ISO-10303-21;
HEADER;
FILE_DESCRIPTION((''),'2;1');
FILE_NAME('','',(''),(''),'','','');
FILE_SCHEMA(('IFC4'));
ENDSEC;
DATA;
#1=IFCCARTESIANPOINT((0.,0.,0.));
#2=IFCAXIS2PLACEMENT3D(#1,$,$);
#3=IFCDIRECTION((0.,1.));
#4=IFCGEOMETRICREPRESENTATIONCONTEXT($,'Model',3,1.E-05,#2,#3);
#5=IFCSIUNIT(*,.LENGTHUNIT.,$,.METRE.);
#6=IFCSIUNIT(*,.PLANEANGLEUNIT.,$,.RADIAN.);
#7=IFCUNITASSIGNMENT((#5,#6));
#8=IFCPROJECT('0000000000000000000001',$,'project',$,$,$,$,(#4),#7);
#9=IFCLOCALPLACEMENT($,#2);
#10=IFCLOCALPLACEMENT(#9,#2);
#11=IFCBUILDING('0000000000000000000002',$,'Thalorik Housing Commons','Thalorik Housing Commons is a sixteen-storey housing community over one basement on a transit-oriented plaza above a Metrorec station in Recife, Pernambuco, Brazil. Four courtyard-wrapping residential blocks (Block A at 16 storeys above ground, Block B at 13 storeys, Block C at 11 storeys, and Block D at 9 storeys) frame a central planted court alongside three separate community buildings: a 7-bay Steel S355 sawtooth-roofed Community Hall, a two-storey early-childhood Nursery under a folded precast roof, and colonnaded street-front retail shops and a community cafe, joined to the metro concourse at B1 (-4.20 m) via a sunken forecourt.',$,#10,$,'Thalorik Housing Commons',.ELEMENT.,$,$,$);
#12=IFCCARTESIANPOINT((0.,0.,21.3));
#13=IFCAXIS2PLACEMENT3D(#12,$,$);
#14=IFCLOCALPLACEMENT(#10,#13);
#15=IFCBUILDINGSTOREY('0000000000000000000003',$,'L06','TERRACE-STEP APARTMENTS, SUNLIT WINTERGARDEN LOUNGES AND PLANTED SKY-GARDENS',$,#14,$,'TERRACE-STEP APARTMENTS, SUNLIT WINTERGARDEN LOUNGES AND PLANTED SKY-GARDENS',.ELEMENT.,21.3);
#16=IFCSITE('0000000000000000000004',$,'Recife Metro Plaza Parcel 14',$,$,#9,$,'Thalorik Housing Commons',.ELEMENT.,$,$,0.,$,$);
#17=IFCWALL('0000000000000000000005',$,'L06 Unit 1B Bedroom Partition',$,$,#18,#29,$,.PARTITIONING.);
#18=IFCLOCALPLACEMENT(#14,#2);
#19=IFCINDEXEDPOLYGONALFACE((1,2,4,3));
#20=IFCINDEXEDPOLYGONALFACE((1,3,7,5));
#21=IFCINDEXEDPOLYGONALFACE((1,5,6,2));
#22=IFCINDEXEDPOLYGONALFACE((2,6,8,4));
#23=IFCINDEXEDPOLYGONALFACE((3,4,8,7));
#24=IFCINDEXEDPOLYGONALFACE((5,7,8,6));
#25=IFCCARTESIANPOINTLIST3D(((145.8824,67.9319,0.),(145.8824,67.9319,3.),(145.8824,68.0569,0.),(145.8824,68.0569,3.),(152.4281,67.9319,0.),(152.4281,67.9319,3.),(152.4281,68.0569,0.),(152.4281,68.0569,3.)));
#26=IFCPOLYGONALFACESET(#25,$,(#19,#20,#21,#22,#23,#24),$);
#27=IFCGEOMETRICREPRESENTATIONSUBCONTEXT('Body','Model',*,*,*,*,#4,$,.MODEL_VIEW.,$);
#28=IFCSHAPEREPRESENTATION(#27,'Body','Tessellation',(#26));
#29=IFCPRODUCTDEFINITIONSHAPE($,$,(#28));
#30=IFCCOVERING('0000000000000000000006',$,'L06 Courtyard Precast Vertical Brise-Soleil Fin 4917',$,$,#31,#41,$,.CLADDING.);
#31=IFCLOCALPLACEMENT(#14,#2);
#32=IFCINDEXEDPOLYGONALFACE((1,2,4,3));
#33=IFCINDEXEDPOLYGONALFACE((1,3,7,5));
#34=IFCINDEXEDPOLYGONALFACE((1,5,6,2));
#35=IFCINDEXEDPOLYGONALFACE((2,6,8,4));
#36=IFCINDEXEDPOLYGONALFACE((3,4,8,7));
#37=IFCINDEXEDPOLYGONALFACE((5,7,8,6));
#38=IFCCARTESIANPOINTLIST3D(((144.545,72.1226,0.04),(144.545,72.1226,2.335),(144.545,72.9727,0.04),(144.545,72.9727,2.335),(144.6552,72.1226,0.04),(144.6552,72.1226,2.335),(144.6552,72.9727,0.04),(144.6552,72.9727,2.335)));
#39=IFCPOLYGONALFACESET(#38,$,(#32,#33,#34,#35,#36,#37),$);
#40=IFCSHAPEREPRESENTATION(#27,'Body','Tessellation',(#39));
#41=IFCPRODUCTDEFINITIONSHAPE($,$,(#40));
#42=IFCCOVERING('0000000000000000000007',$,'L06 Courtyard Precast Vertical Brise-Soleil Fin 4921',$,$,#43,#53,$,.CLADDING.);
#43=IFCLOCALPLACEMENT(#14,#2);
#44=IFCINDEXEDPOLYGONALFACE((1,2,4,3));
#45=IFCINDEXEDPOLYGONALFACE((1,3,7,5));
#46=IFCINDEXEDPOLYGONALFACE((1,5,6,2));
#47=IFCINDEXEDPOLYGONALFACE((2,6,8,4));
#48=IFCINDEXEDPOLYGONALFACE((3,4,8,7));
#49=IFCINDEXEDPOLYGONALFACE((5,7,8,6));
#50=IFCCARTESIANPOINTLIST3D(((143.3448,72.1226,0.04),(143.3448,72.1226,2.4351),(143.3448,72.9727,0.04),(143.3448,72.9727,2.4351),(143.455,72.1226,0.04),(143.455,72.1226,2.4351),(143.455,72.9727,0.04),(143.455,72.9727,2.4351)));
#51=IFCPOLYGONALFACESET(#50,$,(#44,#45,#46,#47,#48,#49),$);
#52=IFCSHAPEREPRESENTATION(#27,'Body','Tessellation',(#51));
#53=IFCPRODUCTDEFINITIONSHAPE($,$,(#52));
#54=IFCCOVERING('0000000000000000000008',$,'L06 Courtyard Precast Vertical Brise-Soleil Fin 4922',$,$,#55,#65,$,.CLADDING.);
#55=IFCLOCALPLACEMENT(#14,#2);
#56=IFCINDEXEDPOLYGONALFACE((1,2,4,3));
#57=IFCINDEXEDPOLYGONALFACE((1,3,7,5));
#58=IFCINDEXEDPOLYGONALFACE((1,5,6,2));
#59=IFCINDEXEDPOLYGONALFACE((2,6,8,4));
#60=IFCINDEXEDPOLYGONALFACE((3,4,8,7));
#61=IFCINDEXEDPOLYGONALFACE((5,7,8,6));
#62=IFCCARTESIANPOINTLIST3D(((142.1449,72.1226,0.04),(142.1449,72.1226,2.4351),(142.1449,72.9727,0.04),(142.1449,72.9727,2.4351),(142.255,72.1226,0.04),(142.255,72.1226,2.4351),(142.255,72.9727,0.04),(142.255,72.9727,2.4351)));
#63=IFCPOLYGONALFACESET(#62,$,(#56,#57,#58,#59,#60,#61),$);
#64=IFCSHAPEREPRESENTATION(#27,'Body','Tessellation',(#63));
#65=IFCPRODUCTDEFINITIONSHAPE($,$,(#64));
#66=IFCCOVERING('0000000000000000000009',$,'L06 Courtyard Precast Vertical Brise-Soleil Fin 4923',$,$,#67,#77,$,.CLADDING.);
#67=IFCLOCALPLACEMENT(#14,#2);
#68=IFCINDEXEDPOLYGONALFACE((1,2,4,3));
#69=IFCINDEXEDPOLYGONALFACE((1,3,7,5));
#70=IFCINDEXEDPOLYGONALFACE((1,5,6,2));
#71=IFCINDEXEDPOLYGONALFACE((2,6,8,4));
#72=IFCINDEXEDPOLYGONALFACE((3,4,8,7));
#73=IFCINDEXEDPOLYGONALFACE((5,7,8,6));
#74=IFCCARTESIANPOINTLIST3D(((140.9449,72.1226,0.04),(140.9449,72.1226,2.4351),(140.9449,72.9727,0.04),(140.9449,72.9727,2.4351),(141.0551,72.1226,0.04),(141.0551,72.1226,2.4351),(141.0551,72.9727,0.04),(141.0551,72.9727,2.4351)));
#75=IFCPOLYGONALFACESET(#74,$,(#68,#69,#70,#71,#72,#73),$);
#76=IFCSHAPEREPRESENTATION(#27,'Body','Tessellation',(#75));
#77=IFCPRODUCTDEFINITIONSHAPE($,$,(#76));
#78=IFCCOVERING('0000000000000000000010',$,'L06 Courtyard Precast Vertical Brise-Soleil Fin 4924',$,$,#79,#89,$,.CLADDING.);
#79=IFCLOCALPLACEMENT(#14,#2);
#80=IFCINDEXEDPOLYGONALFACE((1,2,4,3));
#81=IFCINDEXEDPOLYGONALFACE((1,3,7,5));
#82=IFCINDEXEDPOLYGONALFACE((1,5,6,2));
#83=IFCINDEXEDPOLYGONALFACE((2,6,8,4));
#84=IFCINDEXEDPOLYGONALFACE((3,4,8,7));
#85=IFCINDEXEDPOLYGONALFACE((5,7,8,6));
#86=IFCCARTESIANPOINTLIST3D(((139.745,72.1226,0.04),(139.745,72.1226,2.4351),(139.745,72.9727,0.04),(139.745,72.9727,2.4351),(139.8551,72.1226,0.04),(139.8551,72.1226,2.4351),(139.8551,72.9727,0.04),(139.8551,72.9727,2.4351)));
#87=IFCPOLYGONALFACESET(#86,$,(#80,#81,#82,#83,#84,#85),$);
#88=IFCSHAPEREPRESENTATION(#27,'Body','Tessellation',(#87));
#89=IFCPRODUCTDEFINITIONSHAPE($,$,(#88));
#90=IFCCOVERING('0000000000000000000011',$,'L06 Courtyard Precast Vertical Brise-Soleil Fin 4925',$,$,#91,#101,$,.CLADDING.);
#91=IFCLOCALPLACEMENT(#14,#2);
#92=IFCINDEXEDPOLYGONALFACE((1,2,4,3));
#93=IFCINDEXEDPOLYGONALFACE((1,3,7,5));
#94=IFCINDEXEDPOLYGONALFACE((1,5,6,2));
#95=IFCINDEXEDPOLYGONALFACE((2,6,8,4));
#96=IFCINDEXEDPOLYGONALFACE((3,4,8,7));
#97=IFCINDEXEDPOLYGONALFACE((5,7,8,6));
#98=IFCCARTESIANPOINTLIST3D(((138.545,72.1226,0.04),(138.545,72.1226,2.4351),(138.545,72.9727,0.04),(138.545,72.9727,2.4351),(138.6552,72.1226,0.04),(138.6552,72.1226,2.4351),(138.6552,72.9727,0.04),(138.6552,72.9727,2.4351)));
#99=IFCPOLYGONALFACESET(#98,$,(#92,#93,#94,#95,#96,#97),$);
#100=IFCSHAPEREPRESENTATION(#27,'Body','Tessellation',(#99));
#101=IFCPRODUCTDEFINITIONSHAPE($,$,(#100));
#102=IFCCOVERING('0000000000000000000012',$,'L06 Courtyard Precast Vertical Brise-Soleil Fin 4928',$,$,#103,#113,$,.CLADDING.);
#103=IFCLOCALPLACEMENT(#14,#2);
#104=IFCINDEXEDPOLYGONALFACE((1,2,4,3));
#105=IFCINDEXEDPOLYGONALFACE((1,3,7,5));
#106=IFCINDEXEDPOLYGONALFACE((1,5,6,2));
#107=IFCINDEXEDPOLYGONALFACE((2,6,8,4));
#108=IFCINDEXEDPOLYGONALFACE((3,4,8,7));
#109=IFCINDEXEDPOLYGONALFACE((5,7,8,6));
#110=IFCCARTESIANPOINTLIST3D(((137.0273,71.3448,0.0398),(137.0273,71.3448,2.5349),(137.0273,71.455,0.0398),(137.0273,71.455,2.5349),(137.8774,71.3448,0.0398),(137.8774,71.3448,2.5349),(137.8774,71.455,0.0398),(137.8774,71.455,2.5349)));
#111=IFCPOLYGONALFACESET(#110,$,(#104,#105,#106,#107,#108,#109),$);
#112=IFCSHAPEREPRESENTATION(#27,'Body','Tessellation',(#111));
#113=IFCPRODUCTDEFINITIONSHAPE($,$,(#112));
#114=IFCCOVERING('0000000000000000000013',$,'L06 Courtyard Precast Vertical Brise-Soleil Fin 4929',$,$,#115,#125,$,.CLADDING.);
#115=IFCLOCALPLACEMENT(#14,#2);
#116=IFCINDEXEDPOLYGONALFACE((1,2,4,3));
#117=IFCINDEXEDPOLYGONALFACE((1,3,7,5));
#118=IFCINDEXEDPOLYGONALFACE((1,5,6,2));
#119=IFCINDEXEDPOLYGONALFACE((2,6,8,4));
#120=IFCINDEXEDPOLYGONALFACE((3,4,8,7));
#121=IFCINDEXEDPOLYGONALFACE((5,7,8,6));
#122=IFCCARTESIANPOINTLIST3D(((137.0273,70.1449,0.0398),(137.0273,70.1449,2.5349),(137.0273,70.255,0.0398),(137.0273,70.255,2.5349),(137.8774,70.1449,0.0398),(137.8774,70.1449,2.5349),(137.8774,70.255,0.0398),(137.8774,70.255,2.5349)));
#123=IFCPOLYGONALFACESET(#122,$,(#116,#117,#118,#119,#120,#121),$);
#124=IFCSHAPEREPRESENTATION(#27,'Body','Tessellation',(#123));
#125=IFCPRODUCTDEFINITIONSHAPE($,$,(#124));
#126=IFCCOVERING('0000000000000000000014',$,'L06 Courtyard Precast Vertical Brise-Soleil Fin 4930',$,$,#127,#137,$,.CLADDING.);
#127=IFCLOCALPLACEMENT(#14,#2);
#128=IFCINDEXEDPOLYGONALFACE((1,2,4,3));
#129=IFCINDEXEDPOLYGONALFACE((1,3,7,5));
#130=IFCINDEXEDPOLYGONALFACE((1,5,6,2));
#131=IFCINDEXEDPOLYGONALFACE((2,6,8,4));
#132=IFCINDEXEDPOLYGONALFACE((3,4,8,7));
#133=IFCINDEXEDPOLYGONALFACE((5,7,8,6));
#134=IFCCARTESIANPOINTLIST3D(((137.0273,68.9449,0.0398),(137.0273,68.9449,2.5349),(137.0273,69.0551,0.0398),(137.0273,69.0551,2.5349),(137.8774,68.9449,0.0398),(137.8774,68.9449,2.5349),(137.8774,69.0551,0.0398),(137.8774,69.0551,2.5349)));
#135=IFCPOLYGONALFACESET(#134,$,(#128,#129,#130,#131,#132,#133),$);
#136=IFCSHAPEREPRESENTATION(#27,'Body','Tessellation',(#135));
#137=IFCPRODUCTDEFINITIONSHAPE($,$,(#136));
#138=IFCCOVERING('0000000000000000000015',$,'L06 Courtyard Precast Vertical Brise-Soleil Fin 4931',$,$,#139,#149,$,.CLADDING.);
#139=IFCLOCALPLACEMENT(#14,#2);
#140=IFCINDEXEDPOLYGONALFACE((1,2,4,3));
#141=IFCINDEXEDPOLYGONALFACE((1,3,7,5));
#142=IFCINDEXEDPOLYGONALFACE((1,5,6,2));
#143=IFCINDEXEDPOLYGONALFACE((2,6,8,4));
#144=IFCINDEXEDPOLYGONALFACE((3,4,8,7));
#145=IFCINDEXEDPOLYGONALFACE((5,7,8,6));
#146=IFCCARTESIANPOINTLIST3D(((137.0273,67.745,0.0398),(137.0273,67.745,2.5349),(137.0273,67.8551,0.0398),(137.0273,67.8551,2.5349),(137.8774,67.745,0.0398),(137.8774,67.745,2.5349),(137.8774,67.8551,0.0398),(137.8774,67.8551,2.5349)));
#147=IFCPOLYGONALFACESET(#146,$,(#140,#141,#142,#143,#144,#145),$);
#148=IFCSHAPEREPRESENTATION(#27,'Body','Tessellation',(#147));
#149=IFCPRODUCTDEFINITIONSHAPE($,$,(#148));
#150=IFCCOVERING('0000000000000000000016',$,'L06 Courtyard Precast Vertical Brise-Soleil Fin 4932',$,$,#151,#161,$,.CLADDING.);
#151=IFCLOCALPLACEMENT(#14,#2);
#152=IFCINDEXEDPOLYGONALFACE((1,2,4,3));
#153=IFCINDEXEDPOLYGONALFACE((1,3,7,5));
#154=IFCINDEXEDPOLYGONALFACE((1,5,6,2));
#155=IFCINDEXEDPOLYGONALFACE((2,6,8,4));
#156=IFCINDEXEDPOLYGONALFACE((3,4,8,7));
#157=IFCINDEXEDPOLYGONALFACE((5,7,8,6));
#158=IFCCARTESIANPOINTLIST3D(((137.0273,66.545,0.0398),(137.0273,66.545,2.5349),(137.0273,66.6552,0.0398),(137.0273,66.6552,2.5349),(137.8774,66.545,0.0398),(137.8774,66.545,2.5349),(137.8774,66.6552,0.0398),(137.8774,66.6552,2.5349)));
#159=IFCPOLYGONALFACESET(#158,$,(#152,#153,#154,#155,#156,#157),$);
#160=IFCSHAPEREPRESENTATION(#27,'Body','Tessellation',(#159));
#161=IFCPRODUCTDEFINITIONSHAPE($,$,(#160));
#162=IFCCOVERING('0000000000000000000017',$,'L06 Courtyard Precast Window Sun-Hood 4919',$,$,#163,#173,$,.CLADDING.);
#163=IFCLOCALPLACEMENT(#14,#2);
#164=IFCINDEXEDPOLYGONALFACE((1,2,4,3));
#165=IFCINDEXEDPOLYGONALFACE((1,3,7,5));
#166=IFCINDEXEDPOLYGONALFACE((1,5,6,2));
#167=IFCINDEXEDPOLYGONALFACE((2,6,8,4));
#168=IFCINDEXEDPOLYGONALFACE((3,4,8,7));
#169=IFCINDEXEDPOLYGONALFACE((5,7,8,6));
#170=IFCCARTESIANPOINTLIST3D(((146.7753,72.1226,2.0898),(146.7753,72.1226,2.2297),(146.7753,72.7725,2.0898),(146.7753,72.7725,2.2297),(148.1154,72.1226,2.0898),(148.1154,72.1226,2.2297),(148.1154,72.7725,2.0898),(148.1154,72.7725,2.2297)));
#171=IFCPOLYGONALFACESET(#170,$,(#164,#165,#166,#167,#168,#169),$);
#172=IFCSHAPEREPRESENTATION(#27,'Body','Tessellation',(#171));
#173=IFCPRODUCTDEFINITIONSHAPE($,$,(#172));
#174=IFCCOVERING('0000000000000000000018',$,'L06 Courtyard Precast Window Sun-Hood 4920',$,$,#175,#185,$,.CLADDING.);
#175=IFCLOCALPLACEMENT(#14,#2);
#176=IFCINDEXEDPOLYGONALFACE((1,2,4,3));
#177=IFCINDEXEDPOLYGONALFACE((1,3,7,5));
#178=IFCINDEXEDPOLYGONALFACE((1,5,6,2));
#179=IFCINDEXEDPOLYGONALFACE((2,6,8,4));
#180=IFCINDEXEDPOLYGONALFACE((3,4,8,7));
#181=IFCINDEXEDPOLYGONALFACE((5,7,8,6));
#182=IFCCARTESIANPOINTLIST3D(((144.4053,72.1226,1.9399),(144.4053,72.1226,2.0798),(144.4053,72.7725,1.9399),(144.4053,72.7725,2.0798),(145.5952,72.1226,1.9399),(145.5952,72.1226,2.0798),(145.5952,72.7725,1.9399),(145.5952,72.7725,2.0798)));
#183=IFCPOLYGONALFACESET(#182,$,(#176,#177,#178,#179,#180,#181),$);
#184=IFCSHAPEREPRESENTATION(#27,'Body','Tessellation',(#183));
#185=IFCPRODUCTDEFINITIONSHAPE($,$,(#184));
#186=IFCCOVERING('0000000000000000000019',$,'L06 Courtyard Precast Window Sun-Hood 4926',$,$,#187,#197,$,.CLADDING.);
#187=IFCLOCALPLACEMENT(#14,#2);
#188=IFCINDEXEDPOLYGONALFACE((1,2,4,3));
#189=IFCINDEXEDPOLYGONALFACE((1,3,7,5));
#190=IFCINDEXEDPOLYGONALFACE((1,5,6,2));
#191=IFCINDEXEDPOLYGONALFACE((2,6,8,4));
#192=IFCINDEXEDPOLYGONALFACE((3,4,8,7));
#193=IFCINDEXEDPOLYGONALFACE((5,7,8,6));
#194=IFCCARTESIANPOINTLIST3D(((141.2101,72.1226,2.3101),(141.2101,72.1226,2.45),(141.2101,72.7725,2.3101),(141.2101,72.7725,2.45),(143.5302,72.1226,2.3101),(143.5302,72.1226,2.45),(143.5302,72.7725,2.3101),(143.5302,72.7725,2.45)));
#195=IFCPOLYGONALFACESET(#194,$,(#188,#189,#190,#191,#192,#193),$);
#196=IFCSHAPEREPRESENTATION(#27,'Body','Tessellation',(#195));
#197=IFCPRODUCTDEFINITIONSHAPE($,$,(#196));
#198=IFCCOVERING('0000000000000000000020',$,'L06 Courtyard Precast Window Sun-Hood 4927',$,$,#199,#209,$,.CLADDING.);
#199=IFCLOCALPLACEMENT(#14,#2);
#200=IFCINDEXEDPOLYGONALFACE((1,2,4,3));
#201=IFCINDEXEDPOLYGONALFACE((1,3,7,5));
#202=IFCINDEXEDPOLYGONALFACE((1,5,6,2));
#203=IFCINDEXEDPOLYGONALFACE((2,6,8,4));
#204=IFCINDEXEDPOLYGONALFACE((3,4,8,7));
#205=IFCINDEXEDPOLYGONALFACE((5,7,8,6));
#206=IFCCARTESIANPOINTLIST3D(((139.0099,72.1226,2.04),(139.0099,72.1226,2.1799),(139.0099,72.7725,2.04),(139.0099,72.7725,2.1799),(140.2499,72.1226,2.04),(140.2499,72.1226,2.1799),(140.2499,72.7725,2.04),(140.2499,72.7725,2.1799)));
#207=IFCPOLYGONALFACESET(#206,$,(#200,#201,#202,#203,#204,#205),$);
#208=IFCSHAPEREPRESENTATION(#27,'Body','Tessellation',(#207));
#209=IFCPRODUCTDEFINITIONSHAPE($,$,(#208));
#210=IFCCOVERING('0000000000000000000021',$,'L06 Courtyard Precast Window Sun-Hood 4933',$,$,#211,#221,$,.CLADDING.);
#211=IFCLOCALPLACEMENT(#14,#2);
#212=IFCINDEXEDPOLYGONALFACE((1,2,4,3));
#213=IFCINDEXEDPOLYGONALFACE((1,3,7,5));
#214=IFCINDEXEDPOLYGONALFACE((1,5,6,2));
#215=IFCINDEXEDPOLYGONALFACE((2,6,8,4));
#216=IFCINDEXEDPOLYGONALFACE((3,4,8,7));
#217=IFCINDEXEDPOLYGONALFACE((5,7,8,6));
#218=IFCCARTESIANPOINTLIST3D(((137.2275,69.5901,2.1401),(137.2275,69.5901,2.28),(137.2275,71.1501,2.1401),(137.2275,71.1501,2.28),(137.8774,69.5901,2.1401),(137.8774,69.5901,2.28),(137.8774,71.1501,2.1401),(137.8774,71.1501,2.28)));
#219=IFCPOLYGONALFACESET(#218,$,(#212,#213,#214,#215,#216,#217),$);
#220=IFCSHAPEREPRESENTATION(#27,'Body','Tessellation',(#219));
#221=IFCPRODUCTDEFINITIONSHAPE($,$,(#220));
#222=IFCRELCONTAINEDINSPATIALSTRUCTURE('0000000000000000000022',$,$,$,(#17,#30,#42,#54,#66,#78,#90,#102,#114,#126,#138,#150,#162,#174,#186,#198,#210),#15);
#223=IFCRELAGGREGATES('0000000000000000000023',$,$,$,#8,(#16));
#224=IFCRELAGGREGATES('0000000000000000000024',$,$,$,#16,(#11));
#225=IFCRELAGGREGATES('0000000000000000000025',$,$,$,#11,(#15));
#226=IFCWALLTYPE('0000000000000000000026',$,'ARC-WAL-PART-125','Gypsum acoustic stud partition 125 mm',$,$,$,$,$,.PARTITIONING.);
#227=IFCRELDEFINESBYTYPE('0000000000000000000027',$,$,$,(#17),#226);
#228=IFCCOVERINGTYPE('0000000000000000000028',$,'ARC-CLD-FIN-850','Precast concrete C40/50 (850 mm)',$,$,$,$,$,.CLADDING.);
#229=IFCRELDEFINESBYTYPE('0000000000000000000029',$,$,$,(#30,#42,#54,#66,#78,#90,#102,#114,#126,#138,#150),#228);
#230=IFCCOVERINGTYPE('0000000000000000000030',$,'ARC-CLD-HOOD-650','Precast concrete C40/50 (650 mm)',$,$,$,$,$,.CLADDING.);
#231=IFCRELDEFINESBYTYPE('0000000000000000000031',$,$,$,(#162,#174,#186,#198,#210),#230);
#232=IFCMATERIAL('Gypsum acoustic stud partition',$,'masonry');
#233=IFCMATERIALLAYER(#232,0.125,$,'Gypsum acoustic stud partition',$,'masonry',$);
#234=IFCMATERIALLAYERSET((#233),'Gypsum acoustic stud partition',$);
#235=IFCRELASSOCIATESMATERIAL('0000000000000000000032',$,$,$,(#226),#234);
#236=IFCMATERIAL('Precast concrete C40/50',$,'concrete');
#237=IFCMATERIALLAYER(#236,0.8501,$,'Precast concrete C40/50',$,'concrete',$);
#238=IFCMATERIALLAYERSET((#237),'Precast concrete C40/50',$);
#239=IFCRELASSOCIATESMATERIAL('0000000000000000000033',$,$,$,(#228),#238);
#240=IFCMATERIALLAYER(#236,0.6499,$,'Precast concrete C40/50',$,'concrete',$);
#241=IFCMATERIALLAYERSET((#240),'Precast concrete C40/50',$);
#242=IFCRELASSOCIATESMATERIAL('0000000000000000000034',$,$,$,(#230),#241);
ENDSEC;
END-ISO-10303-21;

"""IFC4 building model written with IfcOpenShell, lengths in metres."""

from ifc_helpers import new_model, si_unit, direction, frame, frame_2d, origin, origin_2d, place, context, subcontext, project, spatial, rectangle, extrude, material, layer, layer_set, type_object, element, save


model = new_model("IFC4")

# Units and contexts
model_context = context("Model", 3, precision=1e-05, world=origin(), true_north=direction((0.0, 1.0)))
body_context = subcontext(model_context, "Body", "Model", "MODEL_VIEW")
ifc_project = project(units=[si_unit("LENGTHUNIT", "METRE"), si_unit("PLANEANGLEUNIT", "RADIAN")], contexts=[model_context])

# Site, building, storey
site_placement = place(None, origin())
site = spatial("IfcSite", under=ifc_project, at=site_placement, Name="Recife Metro Plaza Parcel 14", LongName="Thalorik Housing Commons", CompositionType="ELEMENT", RefElevation=0.0)
building_placement = place(site_placement, origin())
building = spatial("IfcBuilding", under=site, at=building_placement, Name="Thalorik Housing Commons", Description="Thalorik Housing Commons is a sixteen-storey housing community over one basement on a transit-oriented plaza above a Metrorec station in Recife, Pernambuco, Brazil. Four courtyard-wrapping residential blocks (Block A at 16 storeys above ground, Block B at 13 storeys, Block C at 11 storeys, and Block D at 9 storeys) frame a central planted court alongside three separate community buildings: a 7-bay Steel S355 sawtooth-roofed Community Hall, a two-storey early-childhood Nursery under a folded precast roof, and colonnaded street-front retail shops and a community cafe, joined to the metro concourse at B1 (-4.20 m) via a sunken forecourt.", LongName="Thalorik Housing Commons", CompositionType="ELEMENT")
storey_placement = place(building_placement, frame((0.0, 0.0, 21.3)))
storey = spatial("IfcBuildingStorey", under=building, at=storey_placement, Name="L06", Description="TERRACE-STEP APARTMENTS, SUNLIT WINTERGARDEN LOUNGES AND PLANTED SKY-GARDENS", LongName="TERRACE-STEP APARTMENTS, SUNLIT WINTERGARDEN LOUNGES AND PLANTED SKY-GARDENS", CompositionType="ELEMENT", Elevation=21.3)

# Shared definitions
ifc_material_1 = material(Name="Precast concrete C40/50", Category="concrete")

# Wall
ifc_material_2 = material(Name="Gypsum acoustic stud partition", Category="masonry")
ifc_layer_1 = layer(ifc_material_2, 0.125, Name="Gypsum acoustic stud partition", Category="masonry")
ifc_layer_set_1 = layer_set([ifc_layer_1], Name="Gypsum acoustic stud partition")
wall_type_1 = type_object("IfcWallType", Name="ARC-WAL-PART-125", Description="Gypsum acoustic stud partition 125 mm", PredefinedType="PARTITIONING", material=ifc_layer_set_1)
wall_1_placement = place(storey_placement, frame((145.8823, 67.9944, 0.0), z_axis=(0.0, 0.0, 1.0), x_axis=(1.0, 0.0, 0.0)))
element("IfcWall", 1, at=wall_1_placement, inside=storey, type_object=wall_type_1, Name="L06 Unit 1B Bedroom Partition", PredefinedType="PARTITIONING", context=body_context, shape_type="SweptSolid", body=[
    extrude(rectangle(XDim=6.5457, YDim=0.125, at=frame_2d((3.2729, 0.0))), origin(), (0.0, 0.0, 1.0), 3.0),
])

# Coverings
ifc_layer_2 = layer(ifc_material_1, 0.8501, Name="Precast concrete C40/50", Category="concrete")
ifc_layer_set_2 = layer_set([ifc_layer_2], Name="Precast concrete C40/50")
covering_type_1 = type_object("IfcCoveringType", Name="ARC-CLD-FIN-850", Description="Precast concrete C40/50 (850 mm)", PredefinedType="CLADDING", material=ifc_layer_set_2)
covering_1_placement = place(storey_placement, frame((144.6001, 72.5476, 0.04), z_axis=(0.0, 0.0, 1.0), x_axis=(-1.0, 0.0, 0.0)))
element("IfcCovering", 2, at=covering_1_placement, inside=storey, type_object=covering_type_1, Name="L06 Courtyard Precast Vertical Brise-Soleil Fin 4917", PredefinedType="CLADDING", context=body_context, shape_type="SweptSolid", body=[
    extrude(rectangle(XDim=0.1101, YDim=0.8501, at=origin_2d()), origin(), (0.0, 0.0, 1.0), 2.2949),
])
for number, where, z_axis, x_axis, name in (
    (3, (143.3999, 72.5476, 0.04), (0.0, 0.0, 1.0), (-1.0, 0.0, 0.0), "L06 Courtyard Precast Vertical Brise-Soleil Fin 4921"),
    (4, (142.2, 72.5476, 0.04), (0.0, 0.0, 1.0), (-1.0, 0.0, 0.0), "L06 Courtyard Precast Vertical Brise-Soleil Fin 4922"),
    (5, (141.0, 72.5476, 0.04), (0.0, 0.0, 1.0), (-1.0, 0.0, 0.0), "L06 Courtyard Precast Vertical Brise-Soleil Fin 4923"),
    (6, (139.8, 72.5476, 0.04), (0.0, 0.0, 1.0), (-1.0, 0.0, 0.0), "L06 Courtyard Precast Vertical Brise-Soleil Fin 4924"),
    (7, (138.6001, 72.5476, 0.04), (0.0, 0.0, 1.0), (-1.0, 0.0, 0.0), "L06 Courtyard Precast Vertical Brise-Soleil Fin 4925"),
):
    element("IfcCovering", number, at=place(storey_placement, frame(where, z_axis=z_axis, x_axis=x_axis)), inside=storey, type_object=covering_type_1, Name=name, PredefinedType="CLADDING", context=body_context, shape_type="SweptSolid", body=[
        extrude(rectangle(XDim=0.1101, YDim=0.8501, at=origin_2d()), origin(), (0.0, 0.0, 1.0), 2.395),
    ])
for number, where, z_axis, x_axis, name in (
    (8, (137.4524, 71.3999, 0.0398), (0.0, 0.0, 1.0), (0.0, -1.0, 0.0), "L06 Courtyard Precast Vertical Brise-Soleil Fin 4928"),
    (9, (137.4524, 70.2, 0.0398), (0.0, 0.0, 1.0), (0.0, -1.0, 0.0), "L06 Courtyard Precast Vertical Brise-Soleil Fin 4929"),
    (10, (137.4524, 69.0, 0.0398), (0.0, 0.0, 1.0), (0.0, -1.0, 0.0), "L06 Courtyard Precast Vertical Brise-Soleil Fin 4930"),
    (11, (137.4524, 67.8, 0.0398), (0.0, 0.0, 1.0), (0.0, -1.0, 0.0), "L06 Courtyard Precast Vertical Brise-Soleil Fin 4931"),
    (12, (137.4524, 66.6001, 0.0398), (0.0, 0.0, 1.0), (0.0, -1.0, 0.0), "L06 Courtyard Precast Vertical Brise-Soleil Fin 4932"),
):
    element("IfcCovering", number, at=place(storey_placement, frame(where, z_axis=z_axis, x_axis=x_axis)), inside=storey, type_object=covering_type_1, Name=name, PredefinedType="CLADDING", context=body_context, shape_type="SweptSolid", body=[
        extrude(rectangle(XDim=0.1101, YDim=0.8501, at=origin_2d()), origin(), (0.0, 0.0, 1.0), 2.4951),
    ])
ifc_layer_3 = layer(ifc_material_1, 0.6499, Name="Precast concrete C40/50", Category="concrete")
ifc_layer_set_3 = layer_set([ifc_layer_3], Name="Precast concrete C40/50")
covering_type_2 = type_object("IfcCoveringType", Name="ARC-CLD-HOOD-650", Description="Precast concrete C40/50 (650 mm)", PredefinedType="CLADDING", material=ifc_layer_set_3)
covering_2_placement = place(storey_placement, frame((147.4453, 72.4475, 2.0898), z_axis=(0.0, 0.0, 1.0), x_axis=(-1.0, 0.0, 0.0)))
element("IfcCovering", 13, at=covering_2_placement, inside=storey, type_object=covering_type_2, Name="L06 Courtyard Precast Window Sun-Hood 4919", PredefinedType="CLADDING", context=body_context, shape_type="SweptSolid", body=[
    extrude(rectangle(XDim=1.3401, YDim=0.6499, at=origin_2d()), origin(), (0.0, 0.0, 1.0), 0.1399),
])
covering_3_placement = place(storey_placement, frame((145.0002, 72.4475, 1.9399), z_axis=(0.0, 0.0, 1.0), x_axis=(-1.0, 0.0, 0.0)))
element("IfcCovering", 14, at=covering_3_placement, inside=storey, type_object=covering_type_2, Name="L06 Courtyard Precast Window Sun-Hood 4920", PredefinedType="CLADDING", context=body_context, shape_type="SweptSolid", body=[
    extrude(rectangle(XDim=1.1899, YDim=0.6499, at=origin_2d()), origin(), (0.0, 0.0, 1.0), 0.1399),
])
covering_4_placement = place(storey_placement, frame((142.3701, 72.4475, 2.3101), z_axis=(0.0, 0.0, 1.0), x_axis=(-1.0, 0.0, 0.0)))
element("IfcCovering", 15, at=covering_4_placement, inside=storey, type_object=covering_type_2, Name="L06 Courtyard Precast Window Sun-Hood 4926", PredefinedType="CLADDING", context=body_context, shape_type="SweptSolid", body=[
    extrude(rectangle(XDim=2.3201, YDim=0.6499, at=origin_2d()), origin(), (0.0, 0.0, 1.0), 0.1399),
])
covering_5_placement = place(storey_placement, frame((139.6299, 72.4475, 2.04), z_axis=(0.0, 0.0, 1.0), x_axis=(-1.0, 0.0, 0.0)))
element("IfcCovering", 16, at=covering_5_placement, inside=storey, type_object=covering_type_2, Name="L06 Courtyard Precast Window Sun-Hood 4927", PredefinedType="CLADDING", context=body_context, shape_type="SweptSolid", body=[
    extrude(rectangle(XDim=1.24, YDim=0.6499, at=origin_2d()), origin(), (0.0, 0.0, 1.0), 0.1399),
])
covering_6_placement = place(storey_placement, frame((137.5525, 70.3701, 2.1401), z_axis=(0.0, 0.0, 1.0), x_axis=(0.0, -1.0, 0.0)))
element("IfcCovering", 17, at=covering_6_placement, inside=storey, type_object=covering_type_2, Name="L06 Courtyard Precast Window Sun-Hood 4933", PredefinedType="CLADDING", context=body_context, shape_type="SweptSolid", body=[
    extrude(rectangle(XDim=1.5601, YDim=0.6499, at=origin_2d()), origin(), (0.0, 0.0, 1.0), 0.1399),
])

save(model, "model.ifc")
